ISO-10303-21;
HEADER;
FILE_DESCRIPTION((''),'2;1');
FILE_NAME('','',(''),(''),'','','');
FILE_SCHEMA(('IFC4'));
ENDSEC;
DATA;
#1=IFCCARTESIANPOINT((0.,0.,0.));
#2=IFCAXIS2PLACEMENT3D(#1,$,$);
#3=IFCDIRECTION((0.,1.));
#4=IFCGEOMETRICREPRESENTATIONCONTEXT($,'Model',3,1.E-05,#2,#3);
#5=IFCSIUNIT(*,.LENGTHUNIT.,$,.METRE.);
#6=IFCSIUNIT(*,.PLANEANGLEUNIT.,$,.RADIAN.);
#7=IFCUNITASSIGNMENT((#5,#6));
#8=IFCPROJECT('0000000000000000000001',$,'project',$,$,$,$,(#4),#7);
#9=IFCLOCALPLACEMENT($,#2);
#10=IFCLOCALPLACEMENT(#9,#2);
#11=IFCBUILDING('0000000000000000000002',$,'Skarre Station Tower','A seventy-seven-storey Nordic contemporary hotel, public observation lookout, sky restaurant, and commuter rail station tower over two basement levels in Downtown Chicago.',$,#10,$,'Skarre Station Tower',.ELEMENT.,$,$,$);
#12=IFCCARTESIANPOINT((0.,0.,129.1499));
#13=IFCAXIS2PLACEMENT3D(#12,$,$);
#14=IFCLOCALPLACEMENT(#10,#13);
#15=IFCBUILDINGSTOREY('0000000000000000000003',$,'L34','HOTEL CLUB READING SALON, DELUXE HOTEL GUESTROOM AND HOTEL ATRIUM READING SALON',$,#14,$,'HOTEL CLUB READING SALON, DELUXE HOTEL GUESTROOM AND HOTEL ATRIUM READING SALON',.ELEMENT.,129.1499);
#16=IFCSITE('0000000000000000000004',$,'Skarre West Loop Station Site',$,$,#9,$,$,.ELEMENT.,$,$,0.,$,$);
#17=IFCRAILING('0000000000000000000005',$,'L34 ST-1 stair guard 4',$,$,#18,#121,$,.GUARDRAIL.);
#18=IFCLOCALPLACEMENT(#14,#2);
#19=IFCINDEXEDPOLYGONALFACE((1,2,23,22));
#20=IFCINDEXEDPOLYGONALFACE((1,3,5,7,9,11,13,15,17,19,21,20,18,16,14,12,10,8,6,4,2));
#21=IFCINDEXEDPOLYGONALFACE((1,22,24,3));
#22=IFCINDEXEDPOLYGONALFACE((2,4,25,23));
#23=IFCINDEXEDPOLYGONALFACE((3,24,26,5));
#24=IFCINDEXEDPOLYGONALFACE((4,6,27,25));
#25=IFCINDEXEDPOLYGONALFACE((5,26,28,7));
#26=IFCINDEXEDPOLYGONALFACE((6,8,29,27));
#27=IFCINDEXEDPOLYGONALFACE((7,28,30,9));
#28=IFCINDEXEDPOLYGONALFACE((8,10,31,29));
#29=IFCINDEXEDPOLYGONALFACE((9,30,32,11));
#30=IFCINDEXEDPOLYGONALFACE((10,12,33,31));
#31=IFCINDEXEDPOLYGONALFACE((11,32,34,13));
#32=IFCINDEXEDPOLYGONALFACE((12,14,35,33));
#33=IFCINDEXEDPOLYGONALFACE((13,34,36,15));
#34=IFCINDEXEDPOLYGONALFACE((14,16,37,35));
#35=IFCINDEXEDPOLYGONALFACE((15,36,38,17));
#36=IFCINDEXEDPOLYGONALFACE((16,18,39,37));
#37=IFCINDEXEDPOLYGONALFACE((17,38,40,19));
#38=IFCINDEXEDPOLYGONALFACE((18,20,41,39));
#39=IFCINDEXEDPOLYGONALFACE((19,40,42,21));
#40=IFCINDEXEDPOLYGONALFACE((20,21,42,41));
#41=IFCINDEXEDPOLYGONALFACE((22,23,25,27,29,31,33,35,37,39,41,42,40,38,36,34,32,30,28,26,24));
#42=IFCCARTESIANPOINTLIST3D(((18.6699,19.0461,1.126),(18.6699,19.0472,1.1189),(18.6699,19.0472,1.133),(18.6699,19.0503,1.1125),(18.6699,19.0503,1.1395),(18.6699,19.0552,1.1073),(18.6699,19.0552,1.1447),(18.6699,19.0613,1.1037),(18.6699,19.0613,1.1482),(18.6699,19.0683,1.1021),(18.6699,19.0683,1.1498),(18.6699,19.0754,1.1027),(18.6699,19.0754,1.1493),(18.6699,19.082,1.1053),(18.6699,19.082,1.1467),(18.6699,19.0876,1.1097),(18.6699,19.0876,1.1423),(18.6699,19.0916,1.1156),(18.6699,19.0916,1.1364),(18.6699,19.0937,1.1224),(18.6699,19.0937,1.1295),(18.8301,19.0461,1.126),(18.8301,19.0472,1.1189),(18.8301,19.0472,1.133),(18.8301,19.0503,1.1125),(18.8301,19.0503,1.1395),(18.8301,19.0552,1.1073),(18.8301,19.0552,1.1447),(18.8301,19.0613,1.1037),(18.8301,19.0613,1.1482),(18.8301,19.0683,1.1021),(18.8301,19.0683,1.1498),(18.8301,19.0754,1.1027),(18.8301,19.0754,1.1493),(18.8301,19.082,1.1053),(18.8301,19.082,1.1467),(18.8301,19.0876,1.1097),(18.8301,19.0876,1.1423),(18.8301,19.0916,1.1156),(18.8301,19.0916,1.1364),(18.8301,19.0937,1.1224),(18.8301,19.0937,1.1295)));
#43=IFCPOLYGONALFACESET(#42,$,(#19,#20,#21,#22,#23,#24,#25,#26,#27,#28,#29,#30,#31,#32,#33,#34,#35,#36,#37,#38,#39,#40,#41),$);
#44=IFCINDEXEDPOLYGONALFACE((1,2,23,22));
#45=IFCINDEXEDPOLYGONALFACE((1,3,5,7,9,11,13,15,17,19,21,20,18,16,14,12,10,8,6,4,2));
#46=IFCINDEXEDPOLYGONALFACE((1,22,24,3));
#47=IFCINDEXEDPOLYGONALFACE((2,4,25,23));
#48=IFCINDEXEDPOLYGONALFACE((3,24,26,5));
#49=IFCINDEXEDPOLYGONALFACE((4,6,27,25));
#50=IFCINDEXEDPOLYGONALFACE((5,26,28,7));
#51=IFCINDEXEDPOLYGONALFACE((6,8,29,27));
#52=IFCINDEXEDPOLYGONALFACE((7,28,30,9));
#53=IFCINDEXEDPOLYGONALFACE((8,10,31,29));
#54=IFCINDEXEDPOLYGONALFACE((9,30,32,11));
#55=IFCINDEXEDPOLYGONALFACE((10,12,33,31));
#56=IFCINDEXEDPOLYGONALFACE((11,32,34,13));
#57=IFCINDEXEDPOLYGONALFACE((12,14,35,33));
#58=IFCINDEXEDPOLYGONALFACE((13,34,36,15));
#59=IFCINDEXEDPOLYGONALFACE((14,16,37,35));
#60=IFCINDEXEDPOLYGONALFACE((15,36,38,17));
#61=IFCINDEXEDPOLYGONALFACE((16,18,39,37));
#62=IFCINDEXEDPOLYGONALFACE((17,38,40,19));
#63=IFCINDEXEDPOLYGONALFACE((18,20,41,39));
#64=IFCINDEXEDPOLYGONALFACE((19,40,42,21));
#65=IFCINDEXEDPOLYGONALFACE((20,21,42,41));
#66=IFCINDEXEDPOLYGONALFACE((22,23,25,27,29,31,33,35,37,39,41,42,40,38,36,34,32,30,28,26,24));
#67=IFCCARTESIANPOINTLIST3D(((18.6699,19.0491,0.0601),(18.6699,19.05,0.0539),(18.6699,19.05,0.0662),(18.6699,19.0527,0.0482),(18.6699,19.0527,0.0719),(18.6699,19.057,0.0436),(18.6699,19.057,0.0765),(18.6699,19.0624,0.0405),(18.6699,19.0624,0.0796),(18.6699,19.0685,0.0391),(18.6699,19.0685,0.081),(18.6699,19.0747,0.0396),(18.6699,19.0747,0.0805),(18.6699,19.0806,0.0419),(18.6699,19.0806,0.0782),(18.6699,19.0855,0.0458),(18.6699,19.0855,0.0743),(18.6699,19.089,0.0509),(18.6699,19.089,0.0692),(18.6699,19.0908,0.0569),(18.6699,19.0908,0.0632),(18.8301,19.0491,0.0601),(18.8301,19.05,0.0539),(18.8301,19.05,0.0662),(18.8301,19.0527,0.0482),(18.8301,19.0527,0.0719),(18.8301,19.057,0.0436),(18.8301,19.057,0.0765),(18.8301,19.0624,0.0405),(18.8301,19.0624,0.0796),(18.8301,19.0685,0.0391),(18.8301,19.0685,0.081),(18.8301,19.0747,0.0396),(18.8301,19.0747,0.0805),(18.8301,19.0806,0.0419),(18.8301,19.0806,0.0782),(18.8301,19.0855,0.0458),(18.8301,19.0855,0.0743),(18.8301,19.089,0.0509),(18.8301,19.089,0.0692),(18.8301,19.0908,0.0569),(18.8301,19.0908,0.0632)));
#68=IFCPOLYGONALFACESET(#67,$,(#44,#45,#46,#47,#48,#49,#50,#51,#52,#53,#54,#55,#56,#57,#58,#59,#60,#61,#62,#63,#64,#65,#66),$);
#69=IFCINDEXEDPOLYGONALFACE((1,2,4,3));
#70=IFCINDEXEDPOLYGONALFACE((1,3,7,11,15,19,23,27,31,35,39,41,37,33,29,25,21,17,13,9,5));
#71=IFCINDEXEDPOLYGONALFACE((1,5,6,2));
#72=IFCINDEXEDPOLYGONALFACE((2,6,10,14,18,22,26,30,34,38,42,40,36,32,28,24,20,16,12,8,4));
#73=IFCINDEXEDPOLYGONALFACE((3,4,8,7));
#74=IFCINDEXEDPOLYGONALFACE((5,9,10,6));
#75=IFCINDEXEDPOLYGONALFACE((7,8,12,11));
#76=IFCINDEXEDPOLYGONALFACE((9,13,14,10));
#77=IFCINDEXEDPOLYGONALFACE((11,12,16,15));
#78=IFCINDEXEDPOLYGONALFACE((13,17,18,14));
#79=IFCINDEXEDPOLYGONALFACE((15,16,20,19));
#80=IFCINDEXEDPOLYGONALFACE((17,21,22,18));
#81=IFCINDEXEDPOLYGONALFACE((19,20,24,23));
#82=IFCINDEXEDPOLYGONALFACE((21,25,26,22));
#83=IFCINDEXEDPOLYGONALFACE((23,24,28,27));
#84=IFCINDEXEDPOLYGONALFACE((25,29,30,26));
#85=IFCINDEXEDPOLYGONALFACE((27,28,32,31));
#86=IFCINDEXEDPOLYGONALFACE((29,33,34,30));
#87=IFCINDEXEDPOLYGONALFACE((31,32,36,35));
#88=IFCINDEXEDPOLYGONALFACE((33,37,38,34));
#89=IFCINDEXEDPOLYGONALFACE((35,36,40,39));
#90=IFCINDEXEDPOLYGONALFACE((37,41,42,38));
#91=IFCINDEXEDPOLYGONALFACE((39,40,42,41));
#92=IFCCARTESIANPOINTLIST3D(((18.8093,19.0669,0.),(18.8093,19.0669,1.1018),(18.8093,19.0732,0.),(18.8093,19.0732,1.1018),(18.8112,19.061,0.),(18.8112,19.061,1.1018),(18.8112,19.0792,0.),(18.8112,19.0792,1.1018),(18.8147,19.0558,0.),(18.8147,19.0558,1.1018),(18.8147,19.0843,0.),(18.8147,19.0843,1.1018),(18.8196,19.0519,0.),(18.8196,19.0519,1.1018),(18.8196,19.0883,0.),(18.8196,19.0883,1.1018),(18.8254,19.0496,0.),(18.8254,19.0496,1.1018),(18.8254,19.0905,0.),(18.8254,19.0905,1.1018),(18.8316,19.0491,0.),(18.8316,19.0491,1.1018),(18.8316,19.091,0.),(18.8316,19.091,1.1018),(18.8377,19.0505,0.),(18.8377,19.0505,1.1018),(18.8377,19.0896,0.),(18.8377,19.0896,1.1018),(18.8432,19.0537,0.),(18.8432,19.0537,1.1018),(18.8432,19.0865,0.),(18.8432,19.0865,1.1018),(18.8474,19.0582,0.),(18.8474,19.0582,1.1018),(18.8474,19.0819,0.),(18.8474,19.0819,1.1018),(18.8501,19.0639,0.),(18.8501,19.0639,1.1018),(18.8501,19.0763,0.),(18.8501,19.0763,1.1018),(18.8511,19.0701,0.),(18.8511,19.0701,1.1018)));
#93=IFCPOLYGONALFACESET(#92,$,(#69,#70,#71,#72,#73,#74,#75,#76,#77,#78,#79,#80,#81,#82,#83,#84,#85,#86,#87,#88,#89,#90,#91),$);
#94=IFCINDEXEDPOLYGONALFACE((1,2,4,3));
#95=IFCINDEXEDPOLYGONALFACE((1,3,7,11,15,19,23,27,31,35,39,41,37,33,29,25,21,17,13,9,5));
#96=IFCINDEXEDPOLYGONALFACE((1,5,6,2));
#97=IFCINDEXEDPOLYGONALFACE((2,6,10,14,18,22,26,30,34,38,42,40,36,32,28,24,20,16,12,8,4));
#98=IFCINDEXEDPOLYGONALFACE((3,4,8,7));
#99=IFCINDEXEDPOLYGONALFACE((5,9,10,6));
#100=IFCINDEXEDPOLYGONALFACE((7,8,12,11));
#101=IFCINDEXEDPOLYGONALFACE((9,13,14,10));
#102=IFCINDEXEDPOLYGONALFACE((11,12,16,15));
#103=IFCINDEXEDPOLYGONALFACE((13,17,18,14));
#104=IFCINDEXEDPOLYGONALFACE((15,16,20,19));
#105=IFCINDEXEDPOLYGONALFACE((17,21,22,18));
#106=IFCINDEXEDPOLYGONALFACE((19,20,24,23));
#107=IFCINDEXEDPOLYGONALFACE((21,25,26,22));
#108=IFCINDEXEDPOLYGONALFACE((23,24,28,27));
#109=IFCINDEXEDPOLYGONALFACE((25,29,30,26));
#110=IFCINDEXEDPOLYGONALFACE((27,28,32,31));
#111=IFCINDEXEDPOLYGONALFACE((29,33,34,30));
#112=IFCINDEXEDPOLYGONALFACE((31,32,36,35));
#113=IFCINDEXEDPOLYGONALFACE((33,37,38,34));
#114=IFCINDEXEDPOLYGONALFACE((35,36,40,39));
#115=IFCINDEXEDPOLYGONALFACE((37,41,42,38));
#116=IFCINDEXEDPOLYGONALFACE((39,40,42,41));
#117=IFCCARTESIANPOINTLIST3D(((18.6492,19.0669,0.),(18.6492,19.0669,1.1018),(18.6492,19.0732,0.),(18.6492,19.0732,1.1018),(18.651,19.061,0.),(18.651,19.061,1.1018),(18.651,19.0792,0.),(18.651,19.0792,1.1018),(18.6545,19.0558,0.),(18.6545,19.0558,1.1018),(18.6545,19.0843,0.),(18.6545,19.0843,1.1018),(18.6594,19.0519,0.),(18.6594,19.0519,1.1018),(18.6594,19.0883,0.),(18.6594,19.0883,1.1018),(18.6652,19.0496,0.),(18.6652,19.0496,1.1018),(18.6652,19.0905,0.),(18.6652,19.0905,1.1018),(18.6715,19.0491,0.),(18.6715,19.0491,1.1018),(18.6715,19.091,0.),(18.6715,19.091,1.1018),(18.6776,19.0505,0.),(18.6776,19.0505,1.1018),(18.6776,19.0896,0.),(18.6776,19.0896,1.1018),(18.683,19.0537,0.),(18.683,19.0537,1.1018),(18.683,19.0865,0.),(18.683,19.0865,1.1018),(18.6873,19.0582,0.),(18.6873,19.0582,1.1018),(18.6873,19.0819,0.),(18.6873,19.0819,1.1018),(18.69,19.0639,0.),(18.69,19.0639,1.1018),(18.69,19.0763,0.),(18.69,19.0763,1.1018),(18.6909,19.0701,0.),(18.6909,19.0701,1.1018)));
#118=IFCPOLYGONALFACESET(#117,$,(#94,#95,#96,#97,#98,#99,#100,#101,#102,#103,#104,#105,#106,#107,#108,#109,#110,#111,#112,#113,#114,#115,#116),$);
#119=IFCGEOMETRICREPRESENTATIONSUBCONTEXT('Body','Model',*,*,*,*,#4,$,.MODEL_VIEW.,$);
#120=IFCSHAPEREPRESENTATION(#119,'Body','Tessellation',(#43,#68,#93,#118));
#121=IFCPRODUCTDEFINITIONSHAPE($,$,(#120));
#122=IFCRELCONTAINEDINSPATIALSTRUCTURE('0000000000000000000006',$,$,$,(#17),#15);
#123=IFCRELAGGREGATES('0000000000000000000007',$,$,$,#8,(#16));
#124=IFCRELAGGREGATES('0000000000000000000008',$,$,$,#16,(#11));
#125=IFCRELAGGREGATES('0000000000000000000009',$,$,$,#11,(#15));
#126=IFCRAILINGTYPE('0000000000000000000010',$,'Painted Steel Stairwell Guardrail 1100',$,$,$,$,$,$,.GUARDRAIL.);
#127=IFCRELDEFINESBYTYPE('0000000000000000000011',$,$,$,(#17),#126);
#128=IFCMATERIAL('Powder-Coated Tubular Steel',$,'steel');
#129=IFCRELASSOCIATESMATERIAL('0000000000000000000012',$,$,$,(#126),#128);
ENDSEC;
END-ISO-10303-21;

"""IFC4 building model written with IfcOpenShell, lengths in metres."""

from ifc_helpers import new_model, si_unit, direction, frame, origin, origin_2d, place, context, subcontext, project, spatial, circle, extrude, material, type_object, element, save


model = new_model("IFC4")

# Units and contexts
model_context = context("Model", 3, precision=1e-05, world=origin(), true_north=direction((0.0, 1.0)))
body_context = subcontext(model_context, "Body", "Model", "MODEL_VIEW")
ifc_project = project(units=[si_unit("LENGTHUNIT", "METRE"), si_unit("PLANEANGLEUNIT", "RADIAN")], contexts=[model_context])

# Site, building, storey
site_placement = place(None, origin())
site = spatial("IfcSite", under=ifc_project, at=site_placement, Name="Skarre West Loop Station Site", CompositionType="ELEMENT", RefElevation=0.0)
building_placement = place(site_placement, origin())
building = spatial("IfcBuilding", under=site, at=building_placement, Name="Skarre Station Tower", Description="A seventy-seven-storey Nordic contemporary hotel, public observation lookout, sky restaurant, and commuter rail station tower over two basement levels in Downtown Chicago.", LongName="Skarre Station Tower", CompositionType="ELEMENT")
storey_placement = place(building_placement, frame((0.0, 0.0, 129.1499)))
storey = spatial("IfcBuildingStorey", under=building, at=storey_placement, Name="L34", Description="HOTEL CLUB READING SALON, DELUXE HOTEL GUESTROOM AND HOTEL ATRIUM READING SALON", LongName="HOTEL CLUB READING SALON, DELUXE HOTEL GUESTROOM AND HOTEL ATRIUM READING SALON", CompositionType="ELEMENT", Elevation=129.1499)

# Railing
ifc_material_1 = material(Name="Powder-Coated Tubular Steel", Category="steel")
railing_type_1 = type_object("IfcRailingType", Name="Painted Steel Stairwell Guardrail 1100", PredefinedType="GUARDRAIL", material=ifc_material_1)
railing_1_placement = place(storey_placement, frame((18.8301, 19.0701, 0.0)))
element("IfcRailing", 1, at=railing_1_placement, inside=storey, type_object=railing_type_1, Name="L34 ST-1 stair guard 4", PredefinedType="GUARDRAIL", context=body_context, shape_type="SweptSolid", body=[
    extrude(circle(Radius=0.0239, at=origin_2d()), frame((0.0, 0.0, 1.126), z_axis=(-1.0, 0.0, 0.0), x_axis=(0.0, -1.0, 0.0)), (0.0, 0.0, 1.0), 0.1602),
    extrude(circle(Radius=0.021, at=origin_2d()), frame((0.0, 0.0, 0.0601), z_axis=(-1.0, 0.0, 0.0), x_axis=(0.0, -1.0, 0.0)), (0.0, 0.0, 1.0), 0.1602),
    extrude(circle(Radius=0.021, at=origin_2d()), origin(), (0.0, 0.0, 1.0), 1.1018),
    extrude(circle(Radius=0.021, at=origin_2d()), frame((-0.1602, 0.0, 0.0)), (0.0, 0.0, 1.0), 1.1018),
])

save(model, "model.ifc")
